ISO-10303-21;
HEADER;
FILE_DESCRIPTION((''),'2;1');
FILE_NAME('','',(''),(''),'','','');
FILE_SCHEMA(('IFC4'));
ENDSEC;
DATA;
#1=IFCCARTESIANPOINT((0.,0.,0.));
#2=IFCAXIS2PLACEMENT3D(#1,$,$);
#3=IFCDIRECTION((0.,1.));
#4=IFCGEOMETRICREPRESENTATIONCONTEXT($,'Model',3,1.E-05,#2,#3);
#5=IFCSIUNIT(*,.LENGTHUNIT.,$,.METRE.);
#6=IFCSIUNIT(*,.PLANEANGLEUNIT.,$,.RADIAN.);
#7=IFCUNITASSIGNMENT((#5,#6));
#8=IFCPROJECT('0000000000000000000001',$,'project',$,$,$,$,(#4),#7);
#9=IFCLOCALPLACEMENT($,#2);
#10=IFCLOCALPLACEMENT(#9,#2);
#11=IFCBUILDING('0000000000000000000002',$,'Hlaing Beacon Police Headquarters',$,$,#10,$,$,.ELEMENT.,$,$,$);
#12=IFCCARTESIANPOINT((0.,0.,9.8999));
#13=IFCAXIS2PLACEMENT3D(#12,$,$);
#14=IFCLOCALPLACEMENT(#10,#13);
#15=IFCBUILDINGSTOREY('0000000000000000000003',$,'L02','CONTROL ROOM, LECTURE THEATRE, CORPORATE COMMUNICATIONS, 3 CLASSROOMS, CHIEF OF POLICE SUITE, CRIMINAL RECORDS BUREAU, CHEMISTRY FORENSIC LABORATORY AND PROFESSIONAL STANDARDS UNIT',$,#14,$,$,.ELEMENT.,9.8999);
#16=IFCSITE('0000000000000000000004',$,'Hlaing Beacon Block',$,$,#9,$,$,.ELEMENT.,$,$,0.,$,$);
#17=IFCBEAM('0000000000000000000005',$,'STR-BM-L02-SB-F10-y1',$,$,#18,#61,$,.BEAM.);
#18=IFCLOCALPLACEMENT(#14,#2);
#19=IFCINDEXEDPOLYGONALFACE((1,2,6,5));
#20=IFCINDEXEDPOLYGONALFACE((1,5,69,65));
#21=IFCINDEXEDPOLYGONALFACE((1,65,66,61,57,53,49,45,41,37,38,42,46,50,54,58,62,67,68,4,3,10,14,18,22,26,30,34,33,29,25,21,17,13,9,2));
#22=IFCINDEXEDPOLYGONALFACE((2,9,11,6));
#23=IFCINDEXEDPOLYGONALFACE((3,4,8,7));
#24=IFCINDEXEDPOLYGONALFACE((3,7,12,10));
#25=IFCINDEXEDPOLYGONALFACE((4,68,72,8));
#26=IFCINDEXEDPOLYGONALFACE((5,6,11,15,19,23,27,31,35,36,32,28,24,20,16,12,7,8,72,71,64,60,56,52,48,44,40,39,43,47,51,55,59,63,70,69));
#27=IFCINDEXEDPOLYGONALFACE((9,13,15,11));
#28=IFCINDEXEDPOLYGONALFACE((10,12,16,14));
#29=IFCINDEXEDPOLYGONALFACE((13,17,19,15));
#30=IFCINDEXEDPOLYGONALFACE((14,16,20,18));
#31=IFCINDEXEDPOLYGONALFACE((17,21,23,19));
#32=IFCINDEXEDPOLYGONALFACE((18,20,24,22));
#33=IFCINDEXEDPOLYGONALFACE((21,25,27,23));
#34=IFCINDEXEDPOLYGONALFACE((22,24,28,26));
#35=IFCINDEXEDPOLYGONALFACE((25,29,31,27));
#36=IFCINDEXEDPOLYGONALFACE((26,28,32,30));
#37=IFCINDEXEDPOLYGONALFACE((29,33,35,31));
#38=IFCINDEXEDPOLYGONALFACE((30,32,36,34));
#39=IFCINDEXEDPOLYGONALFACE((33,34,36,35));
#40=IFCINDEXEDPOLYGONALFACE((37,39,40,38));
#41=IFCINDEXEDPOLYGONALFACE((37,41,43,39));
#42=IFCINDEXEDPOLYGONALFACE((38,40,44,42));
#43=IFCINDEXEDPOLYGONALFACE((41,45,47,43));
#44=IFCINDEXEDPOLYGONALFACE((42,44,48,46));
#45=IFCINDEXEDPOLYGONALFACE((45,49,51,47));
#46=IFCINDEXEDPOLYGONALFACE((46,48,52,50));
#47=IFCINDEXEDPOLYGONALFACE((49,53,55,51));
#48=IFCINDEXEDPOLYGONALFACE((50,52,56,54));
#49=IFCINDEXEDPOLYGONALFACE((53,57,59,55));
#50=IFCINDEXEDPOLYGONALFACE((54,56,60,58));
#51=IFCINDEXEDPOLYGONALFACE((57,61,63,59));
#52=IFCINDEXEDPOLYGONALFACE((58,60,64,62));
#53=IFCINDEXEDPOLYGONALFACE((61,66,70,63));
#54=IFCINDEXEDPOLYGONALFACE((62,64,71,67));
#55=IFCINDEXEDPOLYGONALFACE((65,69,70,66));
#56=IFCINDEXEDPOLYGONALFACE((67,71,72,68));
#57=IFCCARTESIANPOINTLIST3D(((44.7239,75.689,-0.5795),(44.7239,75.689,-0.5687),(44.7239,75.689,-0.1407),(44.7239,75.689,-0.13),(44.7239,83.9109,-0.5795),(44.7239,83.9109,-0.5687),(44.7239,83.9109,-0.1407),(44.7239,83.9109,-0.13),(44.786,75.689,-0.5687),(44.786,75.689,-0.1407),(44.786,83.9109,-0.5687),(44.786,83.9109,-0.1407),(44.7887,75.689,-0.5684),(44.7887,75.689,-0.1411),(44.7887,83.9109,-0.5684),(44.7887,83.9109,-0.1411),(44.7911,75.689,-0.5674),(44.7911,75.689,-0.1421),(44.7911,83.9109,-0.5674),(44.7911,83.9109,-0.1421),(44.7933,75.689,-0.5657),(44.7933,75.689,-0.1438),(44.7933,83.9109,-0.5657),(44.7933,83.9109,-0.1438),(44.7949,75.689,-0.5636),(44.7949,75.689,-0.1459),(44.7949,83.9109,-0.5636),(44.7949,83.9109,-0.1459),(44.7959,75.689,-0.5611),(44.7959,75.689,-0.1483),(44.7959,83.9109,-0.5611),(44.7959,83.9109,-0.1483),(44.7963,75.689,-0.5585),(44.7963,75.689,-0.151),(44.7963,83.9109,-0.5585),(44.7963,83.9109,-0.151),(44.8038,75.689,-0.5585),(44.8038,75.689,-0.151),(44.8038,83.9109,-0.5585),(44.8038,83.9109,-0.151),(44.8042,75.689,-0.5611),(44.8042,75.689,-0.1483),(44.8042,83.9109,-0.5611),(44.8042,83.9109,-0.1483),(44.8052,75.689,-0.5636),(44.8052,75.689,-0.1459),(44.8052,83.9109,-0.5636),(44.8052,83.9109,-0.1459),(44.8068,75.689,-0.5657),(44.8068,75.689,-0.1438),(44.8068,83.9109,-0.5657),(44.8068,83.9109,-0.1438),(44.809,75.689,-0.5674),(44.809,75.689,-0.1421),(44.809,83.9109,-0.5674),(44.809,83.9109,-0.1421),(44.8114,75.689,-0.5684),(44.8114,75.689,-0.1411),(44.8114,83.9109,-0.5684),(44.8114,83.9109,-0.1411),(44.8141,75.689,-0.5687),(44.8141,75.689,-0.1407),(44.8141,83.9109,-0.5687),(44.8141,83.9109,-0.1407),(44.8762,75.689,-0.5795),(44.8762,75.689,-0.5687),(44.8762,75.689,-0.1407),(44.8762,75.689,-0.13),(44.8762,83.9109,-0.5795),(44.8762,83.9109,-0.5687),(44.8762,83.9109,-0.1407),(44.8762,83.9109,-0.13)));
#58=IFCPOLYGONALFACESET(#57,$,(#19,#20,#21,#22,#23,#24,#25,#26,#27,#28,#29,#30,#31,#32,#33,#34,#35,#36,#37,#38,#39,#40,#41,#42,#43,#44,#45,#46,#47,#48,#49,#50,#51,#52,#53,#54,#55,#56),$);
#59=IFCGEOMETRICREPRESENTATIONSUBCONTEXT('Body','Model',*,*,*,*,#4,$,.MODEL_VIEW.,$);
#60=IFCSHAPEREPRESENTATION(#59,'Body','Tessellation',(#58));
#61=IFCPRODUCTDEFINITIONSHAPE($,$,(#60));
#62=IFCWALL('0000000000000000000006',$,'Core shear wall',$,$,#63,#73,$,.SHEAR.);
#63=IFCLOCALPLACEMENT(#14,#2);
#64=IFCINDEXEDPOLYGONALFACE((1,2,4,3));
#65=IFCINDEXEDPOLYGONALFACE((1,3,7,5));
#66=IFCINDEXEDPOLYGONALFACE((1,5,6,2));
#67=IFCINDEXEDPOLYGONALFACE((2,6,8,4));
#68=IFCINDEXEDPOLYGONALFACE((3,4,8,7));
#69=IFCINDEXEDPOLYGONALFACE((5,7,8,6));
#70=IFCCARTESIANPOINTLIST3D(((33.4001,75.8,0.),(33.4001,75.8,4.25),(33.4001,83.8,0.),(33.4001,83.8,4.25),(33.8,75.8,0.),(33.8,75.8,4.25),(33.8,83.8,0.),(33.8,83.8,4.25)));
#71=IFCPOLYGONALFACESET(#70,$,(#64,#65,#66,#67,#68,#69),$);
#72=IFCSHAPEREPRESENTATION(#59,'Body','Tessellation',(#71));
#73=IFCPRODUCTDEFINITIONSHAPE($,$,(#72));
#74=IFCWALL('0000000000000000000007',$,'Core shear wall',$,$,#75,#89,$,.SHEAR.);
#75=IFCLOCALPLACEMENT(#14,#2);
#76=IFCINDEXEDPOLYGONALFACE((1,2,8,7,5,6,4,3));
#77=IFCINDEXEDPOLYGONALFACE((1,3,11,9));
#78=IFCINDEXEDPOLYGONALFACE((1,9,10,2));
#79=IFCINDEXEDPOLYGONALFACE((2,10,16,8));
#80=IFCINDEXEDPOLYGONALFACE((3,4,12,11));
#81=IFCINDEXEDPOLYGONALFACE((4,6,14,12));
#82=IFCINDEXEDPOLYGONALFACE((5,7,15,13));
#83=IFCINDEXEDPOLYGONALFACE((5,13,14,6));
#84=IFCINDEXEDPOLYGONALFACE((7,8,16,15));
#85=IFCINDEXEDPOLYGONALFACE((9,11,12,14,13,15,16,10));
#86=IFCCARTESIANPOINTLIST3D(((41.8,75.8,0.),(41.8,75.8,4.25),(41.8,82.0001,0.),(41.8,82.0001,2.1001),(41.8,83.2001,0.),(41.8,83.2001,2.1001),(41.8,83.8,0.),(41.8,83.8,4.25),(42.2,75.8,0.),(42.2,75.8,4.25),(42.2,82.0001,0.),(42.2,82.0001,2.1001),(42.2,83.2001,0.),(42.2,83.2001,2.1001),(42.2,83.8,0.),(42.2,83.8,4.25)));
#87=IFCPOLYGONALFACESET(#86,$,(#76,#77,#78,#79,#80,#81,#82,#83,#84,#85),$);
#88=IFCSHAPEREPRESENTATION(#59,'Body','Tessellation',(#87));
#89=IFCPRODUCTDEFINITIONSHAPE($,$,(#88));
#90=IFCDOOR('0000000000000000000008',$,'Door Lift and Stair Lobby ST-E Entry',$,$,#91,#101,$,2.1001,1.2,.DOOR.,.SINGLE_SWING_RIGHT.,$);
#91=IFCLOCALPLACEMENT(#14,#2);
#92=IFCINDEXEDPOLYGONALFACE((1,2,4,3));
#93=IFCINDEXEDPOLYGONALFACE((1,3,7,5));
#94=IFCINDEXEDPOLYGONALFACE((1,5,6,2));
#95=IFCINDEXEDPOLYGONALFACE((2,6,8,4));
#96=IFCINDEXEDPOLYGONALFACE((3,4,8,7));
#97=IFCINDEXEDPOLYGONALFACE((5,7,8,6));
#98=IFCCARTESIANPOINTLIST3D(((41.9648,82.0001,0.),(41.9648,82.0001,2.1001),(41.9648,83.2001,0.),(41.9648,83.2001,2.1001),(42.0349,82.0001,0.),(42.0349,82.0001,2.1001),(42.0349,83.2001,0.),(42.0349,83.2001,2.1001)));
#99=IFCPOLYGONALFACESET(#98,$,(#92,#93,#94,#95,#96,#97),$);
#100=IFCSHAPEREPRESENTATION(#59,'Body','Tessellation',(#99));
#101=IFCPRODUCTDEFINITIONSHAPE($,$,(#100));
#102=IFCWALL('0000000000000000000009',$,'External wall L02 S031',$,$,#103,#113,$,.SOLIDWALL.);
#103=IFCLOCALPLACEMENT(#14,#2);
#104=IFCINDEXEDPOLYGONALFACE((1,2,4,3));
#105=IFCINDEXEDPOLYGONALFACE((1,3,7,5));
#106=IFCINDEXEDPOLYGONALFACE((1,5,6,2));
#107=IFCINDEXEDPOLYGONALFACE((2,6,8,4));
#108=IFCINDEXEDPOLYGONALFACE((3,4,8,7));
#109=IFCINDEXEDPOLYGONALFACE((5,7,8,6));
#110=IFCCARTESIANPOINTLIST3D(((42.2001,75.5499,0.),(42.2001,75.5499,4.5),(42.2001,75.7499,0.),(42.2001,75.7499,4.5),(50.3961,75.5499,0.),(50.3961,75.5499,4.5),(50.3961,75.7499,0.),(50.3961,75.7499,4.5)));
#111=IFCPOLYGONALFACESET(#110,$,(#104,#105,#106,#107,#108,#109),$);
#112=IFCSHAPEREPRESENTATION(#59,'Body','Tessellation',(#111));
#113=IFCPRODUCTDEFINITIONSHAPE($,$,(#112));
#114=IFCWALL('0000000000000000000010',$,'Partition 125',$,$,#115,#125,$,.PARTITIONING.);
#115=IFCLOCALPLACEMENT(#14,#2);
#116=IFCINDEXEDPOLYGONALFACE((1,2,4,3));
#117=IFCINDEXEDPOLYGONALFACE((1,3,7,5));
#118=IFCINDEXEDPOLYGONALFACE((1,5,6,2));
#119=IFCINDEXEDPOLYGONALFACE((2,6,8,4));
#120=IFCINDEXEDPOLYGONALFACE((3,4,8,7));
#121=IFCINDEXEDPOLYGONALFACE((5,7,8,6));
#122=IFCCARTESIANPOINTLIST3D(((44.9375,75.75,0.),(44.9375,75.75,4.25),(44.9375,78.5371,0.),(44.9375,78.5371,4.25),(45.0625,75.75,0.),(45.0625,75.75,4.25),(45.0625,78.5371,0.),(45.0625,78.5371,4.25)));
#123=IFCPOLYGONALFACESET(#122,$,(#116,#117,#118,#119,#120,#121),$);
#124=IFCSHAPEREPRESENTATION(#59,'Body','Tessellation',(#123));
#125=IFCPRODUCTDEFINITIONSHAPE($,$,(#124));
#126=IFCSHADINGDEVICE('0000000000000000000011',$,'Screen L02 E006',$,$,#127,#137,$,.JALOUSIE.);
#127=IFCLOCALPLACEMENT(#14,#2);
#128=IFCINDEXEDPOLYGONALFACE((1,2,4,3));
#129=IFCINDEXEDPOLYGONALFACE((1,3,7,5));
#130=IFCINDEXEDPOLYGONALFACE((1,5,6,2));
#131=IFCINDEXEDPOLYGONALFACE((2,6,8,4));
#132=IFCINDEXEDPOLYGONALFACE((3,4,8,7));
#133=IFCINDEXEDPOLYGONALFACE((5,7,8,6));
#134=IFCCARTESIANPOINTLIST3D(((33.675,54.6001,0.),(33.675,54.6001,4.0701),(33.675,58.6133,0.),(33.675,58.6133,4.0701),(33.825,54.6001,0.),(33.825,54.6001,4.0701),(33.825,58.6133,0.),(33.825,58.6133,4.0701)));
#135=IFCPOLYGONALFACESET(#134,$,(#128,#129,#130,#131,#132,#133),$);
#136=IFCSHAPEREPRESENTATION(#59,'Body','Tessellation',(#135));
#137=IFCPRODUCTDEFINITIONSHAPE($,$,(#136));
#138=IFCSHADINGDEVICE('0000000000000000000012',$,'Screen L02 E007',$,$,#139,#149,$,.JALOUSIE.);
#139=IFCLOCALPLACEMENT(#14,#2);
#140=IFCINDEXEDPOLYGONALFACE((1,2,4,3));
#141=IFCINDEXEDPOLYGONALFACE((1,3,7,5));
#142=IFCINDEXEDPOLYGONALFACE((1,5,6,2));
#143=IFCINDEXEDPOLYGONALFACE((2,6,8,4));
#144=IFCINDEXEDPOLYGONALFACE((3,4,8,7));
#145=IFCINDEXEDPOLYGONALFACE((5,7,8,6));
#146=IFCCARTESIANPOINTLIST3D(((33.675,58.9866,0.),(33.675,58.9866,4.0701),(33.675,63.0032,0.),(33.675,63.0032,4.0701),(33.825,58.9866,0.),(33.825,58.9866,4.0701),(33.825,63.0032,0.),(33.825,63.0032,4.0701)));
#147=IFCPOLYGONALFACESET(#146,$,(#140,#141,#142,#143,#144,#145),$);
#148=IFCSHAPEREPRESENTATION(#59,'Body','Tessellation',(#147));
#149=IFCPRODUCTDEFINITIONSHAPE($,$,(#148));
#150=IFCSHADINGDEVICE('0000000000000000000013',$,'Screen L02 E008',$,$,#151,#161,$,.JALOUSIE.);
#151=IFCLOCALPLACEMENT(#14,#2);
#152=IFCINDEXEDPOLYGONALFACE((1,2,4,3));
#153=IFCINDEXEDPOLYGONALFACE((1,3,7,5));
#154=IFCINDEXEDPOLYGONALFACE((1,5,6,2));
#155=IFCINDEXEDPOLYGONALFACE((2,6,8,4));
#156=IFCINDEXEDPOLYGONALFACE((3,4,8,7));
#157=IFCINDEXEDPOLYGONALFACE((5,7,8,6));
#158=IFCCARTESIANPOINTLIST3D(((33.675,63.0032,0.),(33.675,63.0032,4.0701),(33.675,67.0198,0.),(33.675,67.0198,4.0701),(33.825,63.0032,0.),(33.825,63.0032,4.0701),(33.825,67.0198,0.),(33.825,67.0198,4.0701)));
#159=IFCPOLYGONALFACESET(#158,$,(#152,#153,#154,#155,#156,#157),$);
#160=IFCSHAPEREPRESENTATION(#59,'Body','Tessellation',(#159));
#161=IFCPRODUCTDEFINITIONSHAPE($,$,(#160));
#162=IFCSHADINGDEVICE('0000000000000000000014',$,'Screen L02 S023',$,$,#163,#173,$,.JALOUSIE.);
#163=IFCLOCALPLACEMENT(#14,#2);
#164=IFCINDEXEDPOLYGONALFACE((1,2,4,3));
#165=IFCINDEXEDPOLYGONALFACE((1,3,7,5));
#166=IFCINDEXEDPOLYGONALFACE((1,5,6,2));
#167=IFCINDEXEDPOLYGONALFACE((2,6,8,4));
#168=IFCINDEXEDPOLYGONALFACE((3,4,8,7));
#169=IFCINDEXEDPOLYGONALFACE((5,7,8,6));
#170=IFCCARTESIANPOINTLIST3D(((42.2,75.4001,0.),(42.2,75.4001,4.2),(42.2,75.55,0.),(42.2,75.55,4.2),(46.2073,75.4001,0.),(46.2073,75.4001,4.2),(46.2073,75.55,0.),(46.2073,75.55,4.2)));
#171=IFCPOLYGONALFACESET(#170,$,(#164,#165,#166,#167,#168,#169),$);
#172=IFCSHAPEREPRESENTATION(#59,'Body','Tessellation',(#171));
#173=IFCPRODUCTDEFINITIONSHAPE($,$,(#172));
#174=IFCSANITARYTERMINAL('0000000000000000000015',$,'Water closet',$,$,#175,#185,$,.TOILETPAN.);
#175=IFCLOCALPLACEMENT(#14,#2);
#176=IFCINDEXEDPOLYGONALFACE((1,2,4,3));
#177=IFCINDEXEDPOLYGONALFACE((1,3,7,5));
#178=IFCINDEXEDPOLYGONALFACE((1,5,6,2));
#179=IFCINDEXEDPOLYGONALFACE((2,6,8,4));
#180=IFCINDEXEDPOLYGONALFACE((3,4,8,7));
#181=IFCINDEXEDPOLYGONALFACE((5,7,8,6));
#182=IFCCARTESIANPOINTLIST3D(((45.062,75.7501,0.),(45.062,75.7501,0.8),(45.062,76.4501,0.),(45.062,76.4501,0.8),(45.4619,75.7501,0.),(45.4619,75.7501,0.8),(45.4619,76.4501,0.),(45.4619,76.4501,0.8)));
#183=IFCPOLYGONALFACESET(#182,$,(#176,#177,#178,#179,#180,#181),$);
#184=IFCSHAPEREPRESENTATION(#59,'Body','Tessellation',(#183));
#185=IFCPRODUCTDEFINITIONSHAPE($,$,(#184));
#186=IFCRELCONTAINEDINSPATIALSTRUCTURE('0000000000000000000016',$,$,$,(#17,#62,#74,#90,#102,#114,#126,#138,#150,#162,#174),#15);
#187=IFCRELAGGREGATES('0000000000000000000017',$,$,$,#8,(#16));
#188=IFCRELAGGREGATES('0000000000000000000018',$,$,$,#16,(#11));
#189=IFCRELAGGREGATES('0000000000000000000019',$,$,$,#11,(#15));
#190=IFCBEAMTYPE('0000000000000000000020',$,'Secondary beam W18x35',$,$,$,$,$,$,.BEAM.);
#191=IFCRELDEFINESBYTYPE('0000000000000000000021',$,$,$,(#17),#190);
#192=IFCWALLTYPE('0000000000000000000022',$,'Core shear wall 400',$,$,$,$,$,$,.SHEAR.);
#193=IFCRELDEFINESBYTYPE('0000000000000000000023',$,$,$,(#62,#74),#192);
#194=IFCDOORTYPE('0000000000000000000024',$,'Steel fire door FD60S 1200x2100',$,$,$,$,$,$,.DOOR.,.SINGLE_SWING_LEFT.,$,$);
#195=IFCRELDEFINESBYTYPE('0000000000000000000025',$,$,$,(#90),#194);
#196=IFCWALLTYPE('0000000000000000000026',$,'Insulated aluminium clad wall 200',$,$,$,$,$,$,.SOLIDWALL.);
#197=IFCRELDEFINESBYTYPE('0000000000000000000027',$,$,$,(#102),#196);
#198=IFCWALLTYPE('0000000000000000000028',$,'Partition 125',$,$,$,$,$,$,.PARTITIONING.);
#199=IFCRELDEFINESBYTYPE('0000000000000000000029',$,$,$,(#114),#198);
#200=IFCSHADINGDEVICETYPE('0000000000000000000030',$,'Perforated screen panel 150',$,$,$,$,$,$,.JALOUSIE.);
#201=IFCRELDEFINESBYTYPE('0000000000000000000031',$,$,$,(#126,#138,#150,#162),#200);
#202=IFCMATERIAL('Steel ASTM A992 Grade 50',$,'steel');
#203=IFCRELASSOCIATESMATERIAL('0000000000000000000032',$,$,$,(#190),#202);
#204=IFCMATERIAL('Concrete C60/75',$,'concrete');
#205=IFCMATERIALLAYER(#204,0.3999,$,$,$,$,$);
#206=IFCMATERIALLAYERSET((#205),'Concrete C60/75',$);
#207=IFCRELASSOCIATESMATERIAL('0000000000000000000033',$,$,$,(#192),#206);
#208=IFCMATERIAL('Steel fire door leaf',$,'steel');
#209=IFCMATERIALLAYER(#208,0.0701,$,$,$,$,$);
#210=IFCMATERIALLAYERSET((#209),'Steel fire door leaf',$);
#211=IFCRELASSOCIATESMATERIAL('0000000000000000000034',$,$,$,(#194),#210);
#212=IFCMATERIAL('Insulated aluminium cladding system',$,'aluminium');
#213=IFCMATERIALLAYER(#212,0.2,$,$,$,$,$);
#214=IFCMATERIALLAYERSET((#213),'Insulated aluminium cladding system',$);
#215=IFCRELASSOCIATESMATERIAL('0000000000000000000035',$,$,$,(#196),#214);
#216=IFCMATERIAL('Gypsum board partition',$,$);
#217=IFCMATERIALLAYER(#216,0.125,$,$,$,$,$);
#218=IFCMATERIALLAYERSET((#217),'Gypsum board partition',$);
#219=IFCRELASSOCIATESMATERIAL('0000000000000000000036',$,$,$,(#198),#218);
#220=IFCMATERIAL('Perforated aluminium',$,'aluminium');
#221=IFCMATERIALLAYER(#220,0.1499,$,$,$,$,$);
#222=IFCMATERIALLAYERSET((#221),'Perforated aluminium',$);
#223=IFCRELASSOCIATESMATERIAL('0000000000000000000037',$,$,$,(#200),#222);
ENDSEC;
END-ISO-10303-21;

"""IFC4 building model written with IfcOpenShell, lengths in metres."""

from ifc_helpers import new_model, si_unit, direction, frame, frame_2d, origin, origin_2d, place, context, subcontext, project, spatial, rectangle, i_section, extrude, material, layer, layer_set, material_profile, profile_set, type_object, element, fill, save


model = new_model("IFC4")

# Units and contexts
model_context = context("Model", 3, precision=1e-05, world=origin(), true_north=direction((0.0, 1.0)))
body_context = subcontext(model_context, "Body", "Model", "MODEL_VIEW")
ifc_project = project(units=[si_unit("LENGTHUNIT", "METRE"), si_unit("PLANEANGLEUNIT", "RADIAN")], contexts=[model_context])

# Site, building, storey
site_placement = place(None, origin())
site = spatial("IfcSite", under=ifc_project, at=site_placement, Name="Hlaing Beacon Block", CompositionType="ELEMENT", RefElevation=0.0)
building_placement = place(site_placement, origin())
building = spatial("IfcBuilding", under=site, at=building_placement, Name="Hlaing Beacon Police Headquarters", CompositionType="ELEMENT")
storey_placement = place(building_placement, frame((0.0, 0.0, 9.8999)))
storey = spatial("IfcBuildingStorey", under=building, at=storey_placement, Name="L02", Description="CONTROL ROOM, LECTURE THEATRE, CORPORATE COMMUNICATIONS, 3 CLASSROOMS, CHIEF OF POLICE SUITE, CRIMINAL RECORDS BUREAU, CHEMISTRY FORENSIC LABORATORY AND PROFESSIONAL STANDARDS UNIT", CompositionType="ELEMENT", Elevation=9.8999)

# Beam
ifc_material_1 = material(Name="Steel ASTM A992 Grade 50", Category="steel")
ifc_material_profile_1 = material_profile(ifc_material_1, i_section(OverallWidth=0.1523, OverallDepth=0.4495, WebThickness=0.0076, FlangeThickness=0.0107, FilletRadius=0.0103, at=origin_2d()), Name="W18x35")
ifc_profile_set_1 = profile_set([ifc_material_profile_1], Name="Steel ASTM A992 Grade 50")
beam_type_1 = type_object("IfcBeamType", Name="Secondary beam W18x35", PredefinedType="BEAM", material=ifc_profile_set_1)
beam_1_placement = place(storey_placement, frame((44.8, 75.689, -0.3547), z_axis=(0.0, 1.0, 0.0), x_axis=(-1.0, 0.0, 0.0)))
element("IfcBeam", 1, at=beam_1_placement, inside=storey, type_object=beam_type_1, Name="STR-BM-L02-SB-F10-y1", PredefinedType="BEAM", context=body_context, shape_type="SweptSolid", body=[
    extrude(i_section(OverallWidth=0.1523, OverallDepth=0.4495, WebThickness=0.0076, FlangeThickness=0.0107, FilletRadius=0.0103, at=origin_2d()), origin(), (0.0, 0.0, 1.0), 8.2219),
])

# Wall
ifc_material_2 = material(Name="Concrete C60/75", Category="concrete")
ifc_layer_1 = layer(ifc_material_2, 0.3999)
ifc_layer_set_1 = layer_set([ifc_layer_1], Name="Concrete C60/75")
wall_type_1 = type_object("IfcWallType", Name="Core shear wall 400", PredefinedType="SHEAR", material=ifc_layer_set_1)
wall_1_placement = place(storey_placement, frame((33.6001, 75.8, 0.0), z_axis=(0.0, 0.0, 1.0), x_axis=(0.0, 1.0, 0.0)))
element("IfcWall", 2, at=wall_1_placement, inside=storey, type_object=wall_type_1, Name="Core shear wall", PredefinedType="SHEAR", context=body_context, shape_type="SweptSolid", body=[
    extrude(rectangle(XDim=8.0, YDim=0.3999, at=frame_2d((4.0, 0.0))), origin(), (0.0, 0.0, 1.0), 4.25),
])

# Wall, opening, door
wall_2_placement = place(storey_placement, frame((42.0, 75.8, 0.0), z_axis=(0.0, 0.0, 1.0), x_axis=(0.0, 1.0, 0.0)))
wall_2 = element("IfcWall", 3, at=wall_2_placement, inside=storey, type_object=wall_type_1, Name="Core shear wall", PredefinedType="SHEAR", context=body_context, shape_type="SweptSolid", body=[
    extrude(rectangle(XDim=8.0, YDim=0.3999, at=frame_2d((4.0, 0.0))), origin(), (0.0, 0.0, 1.0), 4.25),
])
opening_placement = place(wall_2_placement, frame((6.2, 0.0, 0.0)))
opening = element("IfcOpeningElement", 4, at=opening_placement, cuts=wall_2, PredefinedType="OPENING", context=body_context, shape_type="SweptSolid", body=[
    extrude(rectangle(XDim=1.2, YDim=2.1001, at=frame_2d((0.6001, 1.05))), frame((0.0, 0.21, 0.0), z_axis=(0.0, -1.0, 0.0), x_axis=(1.0, 0.0, 0.0)), (0.0, 0.0, 1.0), 0.4199),
])
ifc_material_3 = material(Name="Steel fire door leaf", Category="steel")
ifc_layer_2 = layer(ifc_material_3, 0.0701)
ifc_layer_set_2 = layer_set([ifc_layer_2], Name="Steel fire door leaf")
door_type = type_object("IfcDoorType", Name="Steel fire door FD60S 1200x2100", OperationType="SINGLE_SWING_LEFT", PredefinedType="DOOR", material=ifc_layer_set_2)
door_placement = place(opening_placement, origin())
door = element("IfcDoor", 5, at=door_placement, inside=storey, type_object=door_type, Name="Door Lift and Stair Lobby ST-E Entry", OperationType="SINGLE_SWING_RIGHT", OverallHeight=2.1001, OverallWidth=1.2, PredefinedType="DOOR", context=body_context, shape_type="SweptSolid", body=[
    extrude(rectangle(XDim=1.2, YDim=2.1001, at=frame_2d((0.6001, 1.05))), frame((0.0, 0.0352, 0.0), z_axis=(0.0, -1.0, 0.0), x_axis=(1.0, 0.0, 0.0)), (0.0, 0.0, 1.0), 0.0701),
])
fill(opening, door)

# Walls
ifc_material_4 = material(Name="Insulated aluminium cladding system", Category="aluminium")
ifc_layer_3 = layer(ifc_material_4, 0.2)
ifc_layer_set_3 = layer_set([ifc_layer_3], Name="Insulated aluminium cladding system")
wall_type_2 = type_object("IfcWallType", Name="Insulated aluminium clad wall 200", PredefinedType="SOLIDWALL", material=ifc_layer_set_3)
wall_3_placement = place(storey_placement, frame((42.2, 75.6499, 0.0), z_axis=(0.0, 0.0, 1.0), x_axis=(1.0, 0.0, 0.0)))
element("IfcWall", 6, at=wall_3_placement, inside=storey, type_object=wall_type_2, Name="External wall L02 S031", PredefinedType="SOLIDWALL", context=body_context, shape_type="SweptSolid", body=[
    extrude(rectangle(XDim=8.196, YDim=0.2, at=frame_2d((4.0981, 0.0))), origin(), (0.0, 0.0, 1.0), 4.5),
])
ifc_material_5 = material(Name="Gypsum board partition")
ifc_layer_4 = layer(ifc_material_5, 0.125)
ifc_layer_set_4 = layer_set([ifc_layer_4], Name="Gypsum board partition")
wall_type_3 = type_object("IfcWallType", Name="Partition 125", PredefinedType="PARTITIONING", material=ifc_layer_set_4)
wall_4_placement = place(storey_placement, frame((45.0, 75.75, 0.0), z_axis=(0.0, 0.0, 1.0), x_axis=(0.0, 1.0, 0.0)))
element("IfcWall", 7, at=wall_4_placement, inside=storey, type_object=wall_type_3, Name="Partition 125", PredefinedType="PARTITIONING", context=body_context, shape_type="SweptSolid", body=[
    extrude(rectangle(XDim=2.7871, YDim=0.125, at=frame_2d((1.3936, 0.0))), origin(), (0.0, 0.0, 1.0), 4.25),
])

# Shading devices
ifc_material_6 = material(Name="Perforated aluminium", Category="aluminium")
ifc_layer_5 = layer(ifc_material_6, 0.1499)
ifc_layer_set_5 = layer_set([ifc_layer_5], Name="Perforated aluminium")
shading_device_type = type_object("IfcShadingDeviceType", Name="Perforated screen panel 150", PredefinedType="JALOUSIE", material=ifc_layer_set_5)
shading_device_1_placement = place(storey_placement, frame((33.75, 56.6067, 0.0), z_axis=(0.0, 0.0, 1.0), x_axis=(0.0, 1.0, 0.0)))
element("IfcShadingDevice", 8, at=shading_device_1_placement, inside=storey, type_object=shading_device_type, Name="Screen L02 E006", PredefinedType="JALOUSIE", context=body_context, shape_type="SweptSolid", body=[
    extrude(rectangle(XDim=4.0132, YDim=0.1499, at=origin_2d()), origin(), (0.0, 0.0, 1.0), 4.0701),
])
for number, where, z_axis, x_axis, name in (
    (9, (33.75, 60.9949, 0.0), (0.0, 0.0, 1.0), (0.0, 1.0, 0.0), "Screen L02 E007"),
    (10, (33.75, 65.0115, 0.0), (0.0, 0.0, 1.0), (0.0, 1.0, 0.0), "Screen L02 E008"),
):
    element("IfcShadingDevice", number, at=place(storey_placement, frame(where, z_axis=z_axis, x_axis=x_axis)), inside=storey, type_object=shading_device_type, Name=name, PredefinedType="JALOUSIE", context=body_context, shape_type="SweptSolid", body=[
        extrude(rectangle(XDim=4.0166, YDim=0.1499, at=origin_2d()), origin(), (0.0, 0.0, 1.0), 4.0701),
    ])
shading_device_2_placement = place(storey_placement, frame((44.2036, 75.4751, 0.0), z_axis=(0.0, 0.0, 1.0), x_axis=(1.0, 0.0, 0.0)))
element("IfcShadingDevice", 11, at=shading_device_2_placement, inside=storey, type_object=shading_device_type, Name="Screen L02 S023", PredefinedType="JALOUSIE", context=body_context, shape_type="SweptSolid", body=[
    extrude(rectangle(XDim=4.0073, YDim=0.1499, at=origin_2d()), origin(), (0.0, 0.0, 1.0), 4.2),
])

# Sanitary terminal
for number, where, z_axis, x_axis, name in (
    (12, (45.262, 76.1001, 0.0), (0.0, 0.0, 1.0), (1.0, 0.0, 0.0), "Water closet"),
):
    element("IfcSanitaryTerminal", number, at=place(storey_placement, frame(where, z_axis=z_axis, x_axis=x_axis)), inside=storey, Name=name, PredefinedType="TOILETPAN", context=body_context, shape_type="SweptSolid", body=[
        extrude(rectangle(XDim=0.3999, YDim=0.7, at=origin_2d()), origin(), (0.0, 0.0, 1.0), 0.8),
    ])

save(model, "model.ifc")
